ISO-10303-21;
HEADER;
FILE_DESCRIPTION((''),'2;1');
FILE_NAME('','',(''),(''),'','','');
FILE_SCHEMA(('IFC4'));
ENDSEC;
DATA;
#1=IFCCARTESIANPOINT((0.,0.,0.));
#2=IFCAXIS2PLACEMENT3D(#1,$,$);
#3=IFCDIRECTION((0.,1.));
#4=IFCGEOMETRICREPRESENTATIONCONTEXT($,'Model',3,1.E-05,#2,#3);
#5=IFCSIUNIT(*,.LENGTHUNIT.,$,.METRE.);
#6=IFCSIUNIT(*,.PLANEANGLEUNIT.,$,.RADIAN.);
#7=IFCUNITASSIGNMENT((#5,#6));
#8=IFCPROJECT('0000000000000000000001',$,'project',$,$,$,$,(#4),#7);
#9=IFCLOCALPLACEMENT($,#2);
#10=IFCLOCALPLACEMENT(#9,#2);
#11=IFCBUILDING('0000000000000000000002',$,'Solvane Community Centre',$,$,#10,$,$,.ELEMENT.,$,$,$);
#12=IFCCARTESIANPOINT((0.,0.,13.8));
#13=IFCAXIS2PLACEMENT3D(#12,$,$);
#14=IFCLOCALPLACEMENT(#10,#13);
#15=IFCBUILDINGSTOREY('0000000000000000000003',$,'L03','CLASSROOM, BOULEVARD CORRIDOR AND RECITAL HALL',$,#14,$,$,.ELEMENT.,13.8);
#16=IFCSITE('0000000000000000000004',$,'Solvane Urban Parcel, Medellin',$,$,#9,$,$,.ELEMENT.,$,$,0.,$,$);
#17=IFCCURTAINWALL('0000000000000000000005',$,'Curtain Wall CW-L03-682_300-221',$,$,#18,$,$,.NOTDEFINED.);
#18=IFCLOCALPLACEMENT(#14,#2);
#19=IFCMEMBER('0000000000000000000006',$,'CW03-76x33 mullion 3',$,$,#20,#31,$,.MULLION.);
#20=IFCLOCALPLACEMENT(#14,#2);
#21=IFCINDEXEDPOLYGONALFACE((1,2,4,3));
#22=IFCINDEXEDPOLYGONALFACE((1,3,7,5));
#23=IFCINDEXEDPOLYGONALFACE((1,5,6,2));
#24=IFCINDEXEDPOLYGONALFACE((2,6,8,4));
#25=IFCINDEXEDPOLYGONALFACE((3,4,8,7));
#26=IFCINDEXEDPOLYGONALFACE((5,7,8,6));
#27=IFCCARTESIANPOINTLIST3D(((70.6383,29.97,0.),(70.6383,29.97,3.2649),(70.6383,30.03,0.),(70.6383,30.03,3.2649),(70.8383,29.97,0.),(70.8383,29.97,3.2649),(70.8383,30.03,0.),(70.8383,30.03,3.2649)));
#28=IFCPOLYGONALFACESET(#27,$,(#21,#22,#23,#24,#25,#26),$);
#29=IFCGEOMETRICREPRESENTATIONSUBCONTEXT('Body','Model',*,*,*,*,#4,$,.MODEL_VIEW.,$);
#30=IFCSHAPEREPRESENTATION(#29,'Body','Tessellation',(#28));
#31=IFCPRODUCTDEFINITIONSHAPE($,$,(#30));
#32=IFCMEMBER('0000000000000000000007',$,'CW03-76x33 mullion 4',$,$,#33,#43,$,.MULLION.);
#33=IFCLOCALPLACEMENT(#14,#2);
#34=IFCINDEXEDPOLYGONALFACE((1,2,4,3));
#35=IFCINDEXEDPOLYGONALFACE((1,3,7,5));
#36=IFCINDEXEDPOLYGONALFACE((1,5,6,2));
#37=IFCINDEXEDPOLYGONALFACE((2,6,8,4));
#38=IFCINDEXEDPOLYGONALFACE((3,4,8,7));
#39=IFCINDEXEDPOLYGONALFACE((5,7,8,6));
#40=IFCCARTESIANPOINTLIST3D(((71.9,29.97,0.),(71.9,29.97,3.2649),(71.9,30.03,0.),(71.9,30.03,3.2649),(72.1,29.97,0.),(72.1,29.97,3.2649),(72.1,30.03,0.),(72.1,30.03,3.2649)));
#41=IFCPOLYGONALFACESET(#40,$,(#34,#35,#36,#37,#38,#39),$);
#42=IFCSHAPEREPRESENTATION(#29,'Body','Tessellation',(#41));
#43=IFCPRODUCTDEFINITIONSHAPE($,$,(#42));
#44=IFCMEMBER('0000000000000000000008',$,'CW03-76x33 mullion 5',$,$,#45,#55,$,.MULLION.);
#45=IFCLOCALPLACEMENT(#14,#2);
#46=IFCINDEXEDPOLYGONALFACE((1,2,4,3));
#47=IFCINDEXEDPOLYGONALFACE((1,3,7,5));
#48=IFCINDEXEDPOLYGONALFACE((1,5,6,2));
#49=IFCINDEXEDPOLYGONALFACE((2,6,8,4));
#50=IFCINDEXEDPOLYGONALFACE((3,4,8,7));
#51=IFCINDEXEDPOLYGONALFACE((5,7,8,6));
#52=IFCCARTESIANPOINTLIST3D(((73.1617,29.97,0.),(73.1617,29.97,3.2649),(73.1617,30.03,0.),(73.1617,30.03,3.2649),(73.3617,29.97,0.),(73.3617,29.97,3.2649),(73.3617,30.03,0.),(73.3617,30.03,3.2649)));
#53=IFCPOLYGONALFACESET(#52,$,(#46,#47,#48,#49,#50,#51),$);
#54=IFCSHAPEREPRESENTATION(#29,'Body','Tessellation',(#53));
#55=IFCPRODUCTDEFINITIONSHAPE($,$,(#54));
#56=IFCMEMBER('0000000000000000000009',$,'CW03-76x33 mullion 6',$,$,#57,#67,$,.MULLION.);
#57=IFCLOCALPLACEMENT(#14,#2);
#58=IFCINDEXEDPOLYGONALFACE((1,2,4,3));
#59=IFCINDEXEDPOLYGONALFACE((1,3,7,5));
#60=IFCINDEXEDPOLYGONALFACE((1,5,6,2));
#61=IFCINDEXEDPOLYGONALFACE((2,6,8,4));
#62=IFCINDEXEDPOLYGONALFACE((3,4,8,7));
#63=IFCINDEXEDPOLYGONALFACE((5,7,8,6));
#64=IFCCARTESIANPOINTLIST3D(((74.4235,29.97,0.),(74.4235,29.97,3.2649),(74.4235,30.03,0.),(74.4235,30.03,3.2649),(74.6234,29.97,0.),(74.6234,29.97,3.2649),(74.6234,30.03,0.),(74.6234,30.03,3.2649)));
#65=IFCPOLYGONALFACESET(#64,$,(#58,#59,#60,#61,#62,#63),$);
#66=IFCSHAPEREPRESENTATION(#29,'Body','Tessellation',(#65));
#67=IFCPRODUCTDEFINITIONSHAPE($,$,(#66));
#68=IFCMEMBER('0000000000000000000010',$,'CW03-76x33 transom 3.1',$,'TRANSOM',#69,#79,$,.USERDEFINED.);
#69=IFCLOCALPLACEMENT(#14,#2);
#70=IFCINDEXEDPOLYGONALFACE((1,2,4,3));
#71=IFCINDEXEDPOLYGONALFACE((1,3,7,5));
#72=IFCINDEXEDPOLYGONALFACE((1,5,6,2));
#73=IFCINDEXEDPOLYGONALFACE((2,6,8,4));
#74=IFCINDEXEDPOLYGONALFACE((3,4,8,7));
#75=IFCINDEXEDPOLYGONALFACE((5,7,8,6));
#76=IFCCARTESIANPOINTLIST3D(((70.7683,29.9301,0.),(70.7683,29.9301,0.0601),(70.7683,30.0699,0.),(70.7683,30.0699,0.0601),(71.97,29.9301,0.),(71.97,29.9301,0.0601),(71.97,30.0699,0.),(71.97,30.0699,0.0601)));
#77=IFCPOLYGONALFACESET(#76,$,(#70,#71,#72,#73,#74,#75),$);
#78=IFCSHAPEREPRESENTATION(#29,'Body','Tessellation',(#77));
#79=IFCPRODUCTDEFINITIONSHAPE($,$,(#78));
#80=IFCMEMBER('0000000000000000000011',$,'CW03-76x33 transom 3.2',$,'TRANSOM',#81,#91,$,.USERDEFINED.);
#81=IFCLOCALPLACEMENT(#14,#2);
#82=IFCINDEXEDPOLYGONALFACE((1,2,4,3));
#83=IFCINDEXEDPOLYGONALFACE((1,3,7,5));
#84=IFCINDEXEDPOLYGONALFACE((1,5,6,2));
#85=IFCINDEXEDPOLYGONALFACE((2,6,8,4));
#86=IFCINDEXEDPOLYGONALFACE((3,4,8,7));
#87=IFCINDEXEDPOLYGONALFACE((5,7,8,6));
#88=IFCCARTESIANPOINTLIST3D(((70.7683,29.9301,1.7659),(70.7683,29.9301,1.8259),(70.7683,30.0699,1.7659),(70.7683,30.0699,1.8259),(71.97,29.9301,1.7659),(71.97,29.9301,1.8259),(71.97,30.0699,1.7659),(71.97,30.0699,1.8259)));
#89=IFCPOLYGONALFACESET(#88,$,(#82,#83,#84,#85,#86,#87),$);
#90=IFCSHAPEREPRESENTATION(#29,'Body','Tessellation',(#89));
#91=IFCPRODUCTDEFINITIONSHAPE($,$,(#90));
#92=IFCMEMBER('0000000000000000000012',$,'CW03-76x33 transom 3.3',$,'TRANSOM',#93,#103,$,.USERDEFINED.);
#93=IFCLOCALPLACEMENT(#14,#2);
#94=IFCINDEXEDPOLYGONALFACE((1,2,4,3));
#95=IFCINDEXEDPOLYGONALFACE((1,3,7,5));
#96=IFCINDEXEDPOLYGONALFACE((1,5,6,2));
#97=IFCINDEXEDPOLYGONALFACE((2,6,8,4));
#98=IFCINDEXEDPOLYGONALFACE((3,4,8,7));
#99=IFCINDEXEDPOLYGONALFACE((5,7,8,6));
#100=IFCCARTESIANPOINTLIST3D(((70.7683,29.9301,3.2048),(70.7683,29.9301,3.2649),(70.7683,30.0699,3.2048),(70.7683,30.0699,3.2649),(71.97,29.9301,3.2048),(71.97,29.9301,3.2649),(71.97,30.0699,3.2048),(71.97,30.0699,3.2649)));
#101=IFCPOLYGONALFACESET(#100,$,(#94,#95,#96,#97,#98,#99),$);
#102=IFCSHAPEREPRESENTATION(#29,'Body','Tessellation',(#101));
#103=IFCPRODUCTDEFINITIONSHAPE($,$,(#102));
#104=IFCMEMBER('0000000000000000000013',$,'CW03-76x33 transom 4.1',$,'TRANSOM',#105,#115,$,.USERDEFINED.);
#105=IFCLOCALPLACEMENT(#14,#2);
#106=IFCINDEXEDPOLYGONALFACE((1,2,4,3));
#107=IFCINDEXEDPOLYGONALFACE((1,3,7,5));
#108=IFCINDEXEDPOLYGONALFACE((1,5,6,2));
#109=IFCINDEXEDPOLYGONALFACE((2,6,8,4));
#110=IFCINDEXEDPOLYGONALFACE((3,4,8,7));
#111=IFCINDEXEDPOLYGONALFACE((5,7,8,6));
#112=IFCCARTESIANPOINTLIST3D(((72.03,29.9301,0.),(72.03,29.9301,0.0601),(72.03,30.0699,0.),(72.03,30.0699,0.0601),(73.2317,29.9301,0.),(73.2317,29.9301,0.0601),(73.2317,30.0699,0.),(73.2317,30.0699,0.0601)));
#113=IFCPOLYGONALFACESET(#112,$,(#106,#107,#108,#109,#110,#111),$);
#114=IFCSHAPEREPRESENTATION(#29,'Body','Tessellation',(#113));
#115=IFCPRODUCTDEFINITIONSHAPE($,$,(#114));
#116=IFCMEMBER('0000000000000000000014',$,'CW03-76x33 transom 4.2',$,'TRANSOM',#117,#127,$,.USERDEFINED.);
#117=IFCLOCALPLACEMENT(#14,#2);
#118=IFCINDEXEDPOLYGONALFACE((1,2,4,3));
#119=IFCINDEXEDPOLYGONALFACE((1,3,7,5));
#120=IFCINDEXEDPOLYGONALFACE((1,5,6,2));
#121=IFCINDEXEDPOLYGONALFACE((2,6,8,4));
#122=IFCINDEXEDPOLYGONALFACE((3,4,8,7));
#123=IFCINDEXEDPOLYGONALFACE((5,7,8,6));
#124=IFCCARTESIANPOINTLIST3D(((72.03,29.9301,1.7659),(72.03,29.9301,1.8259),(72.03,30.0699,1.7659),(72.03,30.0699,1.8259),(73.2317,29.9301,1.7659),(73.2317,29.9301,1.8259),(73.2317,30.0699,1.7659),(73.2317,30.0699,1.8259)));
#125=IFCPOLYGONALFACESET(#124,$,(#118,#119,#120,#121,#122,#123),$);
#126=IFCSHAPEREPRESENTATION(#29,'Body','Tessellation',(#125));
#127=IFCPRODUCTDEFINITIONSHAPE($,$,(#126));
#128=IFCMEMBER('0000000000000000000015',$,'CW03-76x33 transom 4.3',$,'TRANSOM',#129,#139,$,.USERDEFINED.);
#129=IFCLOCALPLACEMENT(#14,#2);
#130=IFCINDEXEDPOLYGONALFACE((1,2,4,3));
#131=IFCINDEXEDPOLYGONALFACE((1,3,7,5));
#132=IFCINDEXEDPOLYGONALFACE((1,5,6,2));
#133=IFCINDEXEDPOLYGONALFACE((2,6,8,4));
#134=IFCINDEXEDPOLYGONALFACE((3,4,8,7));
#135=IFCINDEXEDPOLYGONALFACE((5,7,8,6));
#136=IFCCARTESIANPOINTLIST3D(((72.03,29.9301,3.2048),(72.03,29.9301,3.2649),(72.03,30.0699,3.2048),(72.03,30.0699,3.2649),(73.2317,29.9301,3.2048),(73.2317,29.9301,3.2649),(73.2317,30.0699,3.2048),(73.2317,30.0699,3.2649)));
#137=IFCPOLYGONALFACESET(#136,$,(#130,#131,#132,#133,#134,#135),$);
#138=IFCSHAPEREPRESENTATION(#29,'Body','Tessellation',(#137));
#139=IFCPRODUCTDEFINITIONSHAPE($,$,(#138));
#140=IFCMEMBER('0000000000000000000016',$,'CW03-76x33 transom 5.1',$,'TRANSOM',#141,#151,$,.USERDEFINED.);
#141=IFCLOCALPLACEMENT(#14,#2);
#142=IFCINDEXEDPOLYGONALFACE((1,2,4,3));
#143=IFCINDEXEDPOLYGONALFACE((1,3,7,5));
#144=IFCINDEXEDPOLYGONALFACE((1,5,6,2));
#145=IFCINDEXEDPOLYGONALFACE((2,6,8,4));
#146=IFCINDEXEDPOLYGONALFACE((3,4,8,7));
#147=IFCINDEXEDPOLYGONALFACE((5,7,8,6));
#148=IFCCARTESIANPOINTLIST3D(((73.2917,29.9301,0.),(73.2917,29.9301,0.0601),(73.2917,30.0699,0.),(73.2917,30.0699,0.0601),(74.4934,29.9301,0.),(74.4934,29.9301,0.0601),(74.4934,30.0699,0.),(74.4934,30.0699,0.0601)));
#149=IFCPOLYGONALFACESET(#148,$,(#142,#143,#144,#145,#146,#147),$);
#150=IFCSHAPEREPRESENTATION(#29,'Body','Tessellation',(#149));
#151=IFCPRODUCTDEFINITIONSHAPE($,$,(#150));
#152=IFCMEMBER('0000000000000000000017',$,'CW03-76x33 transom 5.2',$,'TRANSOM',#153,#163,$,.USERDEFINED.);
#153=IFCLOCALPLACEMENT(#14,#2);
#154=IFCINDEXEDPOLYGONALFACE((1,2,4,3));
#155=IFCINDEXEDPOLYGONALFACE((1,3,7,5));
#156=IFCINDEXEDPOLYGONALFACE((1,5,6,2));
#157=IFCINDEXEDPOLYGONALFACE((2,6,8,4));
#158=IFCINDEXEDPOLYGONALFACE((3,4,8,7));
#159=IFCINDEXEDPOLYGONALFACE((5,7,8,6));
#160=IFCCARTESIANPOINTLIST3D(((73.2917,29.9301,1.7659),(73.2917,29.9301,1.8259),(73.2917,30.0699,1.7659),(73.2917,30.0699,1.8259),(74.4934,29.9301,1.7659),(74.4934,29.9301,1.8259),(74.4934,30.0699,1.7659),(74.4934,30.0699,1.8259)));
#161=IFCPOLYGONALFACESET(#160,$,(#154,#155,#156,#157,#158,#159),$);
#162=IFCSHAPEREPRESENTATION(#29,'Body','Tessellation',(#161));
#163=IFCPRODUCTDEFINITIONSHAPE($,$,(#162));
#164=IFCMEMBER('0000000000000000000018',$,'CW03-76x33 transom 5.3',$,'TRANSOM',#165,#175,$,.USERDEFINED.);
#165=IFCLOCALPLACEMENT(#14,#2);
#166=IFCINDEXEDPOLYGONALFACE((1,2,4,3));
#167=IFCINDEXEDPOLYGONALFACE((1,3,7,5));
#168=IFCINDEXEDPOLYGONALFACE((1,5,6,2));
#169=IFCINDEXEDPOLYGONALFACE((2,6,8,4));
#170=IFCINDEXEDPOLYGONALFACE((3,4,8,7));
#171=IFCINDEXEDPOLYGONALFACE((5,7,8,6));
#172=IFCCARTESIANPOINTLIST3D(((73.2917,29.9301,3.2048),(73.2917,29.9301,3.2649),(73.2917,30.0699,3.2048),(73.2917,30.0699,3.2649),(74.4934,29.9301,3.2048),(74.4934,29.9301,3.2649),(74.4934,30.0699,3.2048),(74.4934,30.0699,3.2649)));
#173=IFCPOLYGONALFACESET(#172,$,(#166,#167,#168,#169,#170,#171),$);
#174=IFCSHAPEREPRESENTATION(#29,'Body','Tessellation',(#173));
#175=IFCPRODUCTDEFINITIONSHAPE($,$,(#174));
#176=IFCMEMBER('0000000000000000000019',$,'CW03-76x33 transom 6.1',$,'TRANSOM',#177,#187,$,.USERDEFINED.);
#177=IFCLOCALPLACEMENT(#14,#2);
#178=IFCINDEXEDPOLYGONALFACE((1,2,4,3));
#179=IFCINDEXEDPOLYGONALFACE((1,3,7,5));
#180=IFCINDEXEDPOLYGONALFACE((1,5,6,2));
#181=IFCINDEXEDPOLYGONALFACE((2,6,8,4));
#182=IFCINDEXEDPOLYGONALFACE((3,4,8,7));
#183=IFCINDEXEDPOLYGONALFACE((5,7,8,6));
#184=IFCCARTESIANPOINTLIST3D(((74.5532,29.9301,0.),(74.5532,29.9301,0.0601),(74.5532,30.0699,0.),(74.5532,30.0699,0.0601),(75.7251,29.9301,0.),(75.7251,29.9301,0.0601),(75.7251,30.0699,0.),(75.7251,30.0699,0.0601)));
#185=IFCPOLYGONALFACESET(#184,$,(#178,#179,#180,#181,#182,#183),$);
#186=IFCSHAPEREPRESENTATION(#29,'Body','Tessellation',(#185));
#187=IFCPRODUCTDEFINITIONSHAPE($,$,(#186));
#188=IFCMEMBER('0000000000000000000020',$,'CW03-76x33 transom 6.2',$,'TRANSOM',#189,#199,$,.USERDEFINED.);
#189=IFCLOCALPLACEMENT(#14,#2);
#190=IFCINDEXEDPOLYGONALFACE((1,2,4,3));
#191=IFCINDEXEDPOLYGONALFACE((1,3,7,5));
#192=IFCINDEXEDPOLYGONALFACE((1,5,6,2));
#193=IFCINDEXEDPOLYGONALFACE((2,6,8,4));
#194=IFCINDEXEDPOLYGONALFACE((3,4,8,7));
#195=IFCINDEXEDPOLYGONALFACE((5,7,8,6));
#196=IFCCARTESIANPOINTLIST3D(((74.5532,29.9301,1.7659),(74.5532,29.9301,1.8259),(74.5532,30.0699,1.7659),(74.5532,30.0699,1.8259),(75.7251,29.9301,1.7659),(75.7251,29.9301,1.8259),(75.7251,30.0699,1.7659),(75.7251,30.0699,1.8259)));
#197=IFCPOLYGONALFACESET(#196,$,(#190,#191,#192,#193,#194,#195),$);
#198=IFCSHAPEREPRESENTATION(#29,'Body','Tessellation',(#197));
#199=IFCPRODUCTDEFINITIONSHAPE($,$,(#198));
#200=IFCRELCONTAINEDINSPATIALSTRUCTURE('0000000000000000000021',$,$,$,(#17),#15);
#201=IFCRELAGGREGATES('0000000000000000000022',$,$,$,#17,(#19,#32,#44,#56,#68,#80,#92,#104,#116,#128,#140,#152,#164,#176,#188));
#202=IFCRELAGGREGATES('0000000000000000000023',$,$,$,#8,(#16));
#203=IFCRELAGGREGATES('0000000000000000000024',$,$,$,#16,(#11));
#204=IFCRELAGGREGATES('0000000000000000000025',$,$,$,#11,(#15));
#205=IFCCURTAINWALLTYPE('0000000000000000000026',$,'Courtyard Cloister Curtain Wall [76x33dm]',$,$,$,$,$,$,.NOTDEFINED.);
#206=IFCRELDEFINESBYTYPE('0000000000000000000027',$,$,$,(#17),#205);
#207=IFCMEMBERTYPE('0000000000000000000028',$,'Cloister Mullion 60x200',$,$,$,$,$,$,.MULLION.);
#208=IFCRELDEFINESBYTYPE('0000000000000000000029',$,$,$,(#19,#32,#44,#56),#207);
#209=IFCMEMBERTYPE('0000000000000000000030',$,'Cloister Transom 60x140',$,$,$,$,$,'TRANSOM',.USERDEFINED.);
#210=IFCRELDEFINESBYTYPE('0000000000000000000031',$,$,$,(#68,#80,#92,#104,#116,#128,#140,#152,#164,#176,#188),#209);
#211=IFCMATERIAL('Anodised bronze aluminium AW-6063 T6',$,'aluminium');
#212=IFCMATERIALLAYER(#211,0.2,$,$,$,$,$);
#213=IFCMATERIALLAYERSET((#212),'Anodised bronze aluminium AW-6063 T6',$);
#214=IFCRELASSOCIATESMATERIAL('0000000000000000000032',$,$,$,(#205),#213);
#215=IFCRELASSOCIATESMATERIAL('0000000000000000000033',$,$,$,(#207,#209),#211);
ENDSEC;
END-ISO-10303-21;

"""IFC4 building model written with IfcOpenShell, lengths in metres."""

from ifc_helpers import new_model, si_unit, direction, frame, origin, origin_2d, place, context, subcontext, project, spatial, rectangle, extrude, material, layer, layer_set, material_profile, profile_set, type_object, element, aggregate, save


model = new_model("IFC4")

# Units and contexts
model_context = context("Model", 3, precision=1e-05, world=origin(), true_north=direction((0.0, 1.0)))
body_context = subcontext(model_context, "Body", "Model", "MODEL_VIEW")
ifc_project = project(units=[si_unit("LENGTHUNIT", "METRE"), si_unit("PLANEANGLEUNIT", "RADIAN")], contexts=[model_context])

# Site, building, storey
site_placement = place(None, origin())
site = spatial("IfcSite", under=ifc_project, at=site_placement, Name="Solvane Urban Parcel, Medellin", CompositionType="ELEMENT", RefElevation=0.0)
building_placement = place(site_placement, origin())
building = spatial("IfcBuilding", under=site, at=building_placement, Name="Solvane Community Centre", CompositionType="ELEMENT")
storey_placement = place(building_placement, frame((0.0, 0.0, 13.8)))
storey = spatial("IfcBuildingStorey", under=building, at=storey_placement, Name="L03", Description="CLASSROOM, BOULEVARD CORRIDOR AND RECITAL HALL", CompositionType="ELEMENT", Elevation=13.8)

# Curtain wall, members
ifc_material_1 = material(Name="Anodised bronze aluminium AW-6063 T6", Category="aluminium")
ifc_layer_1 = layer(ifc_material_1, 0.2)
ifc_layer_set_1 = layer_set([ifc_layer_1], Name="Anodised bronze aluminium AW-6063 T6")
curtain_wall_type = type_object("IfcCurtainWallType", Name="Courtyard Cloister Curtain Wall [76x33dm]", PredefinedType="NOTDEFINED", material=ifc_layer_set_1)
curtain_wall_placement = place(storey_placement, origin())
curtain_wall = element("IfcCurtainWall", 1, at=curtain_wall_placement, inside=storey, type_object=curtain_wall_type, Name="Curtain Wall CW-L03-682_300-221", PredefinedType="NOTDEFINED")
ifc_material_profile_1 = material_profile(ifc_material_1, rectangle(XDim=0.0601, YDim=0.2, at=origin_2d()), Name="CW-M 60x200")
ifc_profile_set_1 = profile_set([ifc_material_profile_1], Name="Anodised bronze aluminium AW-6063 T6")
member_type_1 = type_object("IfcMemberType", Name="Cloister Mullion 60x200", PredefinedType="MULLION", material=ifc_profile_set_1)
member_1_placement = place(storey_placement, frame((70.7383, 30.0, 0.0), z_axis=(0.0, 0.0, 1.0), x_axis=(0.0, 1.0, 0.0)))
member_1 = element("IfcMember", 2, at=member_1_placement, type_object=member_type_1, Name="CW03-76x33 mullion 3", PredefinedType="MULLION", context=body_context, shape_type="SweptSolid", body=[
    extrude(rectangle(XDim=0.0601, YDim=0.2, at=origin_2d()), origin(), (0.0, 0.0, 1.0), 3.2649),
])
member_2_placement = place(storey_placement, frame((72.0, 30.0, 0.0), z_axis=(0.0, 0.0, 1.0), x_axis=(0.0, 1.0, 0.0)))
member_2 = element("IfcMember", 3, at=member_2_placement, type_object=member_type_1, Name="CW03-76x33 mullion 4", PredefinedType="MULLION", context=body_context, shape_type="SweptSolid", body=[
    extrude(rectangle(XDim=0.0601, YDim=0.2, at=origin_2d()), origin(), (0.0, 0.0, 1.0), 3.2649),
])
member_3_placement = place(storey_placement, frame((73.2617, 30.0, 0.0), z_axis=(0.0, 0.0, 1.0), x_axis=(0.0, 1.0, 0.0)))
member_3 = element("IfcMember", 4, at=member_3_placement, type_object=member_type_1, Name="CW03-76x33 mullion 5", PredefinedType="MULLION", context=body_context, shape_type="SweptSolid", body=[
    extrude(rectangle(XDim=0.0601, YDim=0.2, at=origin_2d()), origin(), (0.0, 0.0, 1.0), 3.2649),
])
member_4_placement = place(storey_placement, frame((74.5234, 30.0, 0.0), z_axis=(0.0, 0.0, 1.0), x_axis=(0.0, 1.0, 0.0)))
member_4 = element("IfcMember", 5, at=member_4_placement, type_object=member_type_1, Name="CW03-76x33 mullion 6", PredefinedType="MULLION", context=body_context, shape_type="SweptSolid", body=[
    extrude(rectangle(XDim=0.0601, YDim=0.2, at=origin_2d()), origin(), (0.0, 0.0, 1.0), 3.2649),
])
ifc_material_profile_2 = material_profile(ifc_material_1, rectangle(XDim=0.1399, YDim=0.0601, at=origin_2d()), Name="CW-T 60x140")
ifc_profile_set_2 = profile_set([ifc_material_profile_2], Name="Anodised bronze aluminium AW-6063 T6")
member_type_2 = type_object("IfcMemberType", Name="Cloister Transom 60x140", ElementType="TRANSOM", PredefinedType="USERDEFINED", material=ifc_profile_set_2)
member_5_placement = place(storey_placement, frame((70.7683, 30.0, 0.03), z_axis=(1.0, 0.0, 0.0), x_axis=(0.0, 1.0, 0.0)))
member_5 = element("IfcMember", 6, at=member_5_placement, type_object=member_type_2, Name="CW03-76x33 transom 3.1", ObjectType="TRANSOM", PredefinedType="USERDEFINED", context=body_context, shape_type="SweptSolid", body=[
    extrude(rectangle(XDim=0.1399, YDim=0.0601, at=origin_2d()), origin(), (0.0, 0.0, 1.0), 1.2017),
])
member_6_placement = place(storey_placement, frame((70.7683, 30.0, 1.7959), z_axis=(1.0, 0.0, 0.0), x_axis=(0.0, 1.0, 0.0)))
member_6 = element("IfcMember", 7, at=member_6_placement, type_object=member_type_2, Name="CW03-76x33 transom 3.2", ObjectType="TRANSOM", PredefinedType="USERDEFINED", context=body_context, shape_type="SweptSolid", body=[
    extrude(rectangle(XDim=0.1399, YDim=0.0601, at=origin_2d()), origin(), (0.0, 0.0, 1.0), 1.2017),
])
member_7_placement = place(storey_placement, frame((70.7683, 30.0, 3.2349), z_axis=(1.0, 0.0, 0.0), x_axis=(0.0, 1.0, 0.0)))
member_7 = element("IfcMember", 8, at=member_7_placement, type_object=member_type_2, Name="CW03-76x33 transom 3.3", ObjectType="TRANSOM", PredefinedType="USERDEFINED", context=body_context, shape_type="SweptSolid", body=[
    extrude(rectangle(XDim=0.1399, YDim=0.0601, at=origin_2d()), origin(), (0.0, 0.0, 1.0), 1.2017),
])
member_8_placement = place(storey_placement, frame((72.03, 30.0, 0.03), z_axis=(1.0, 0.0, 0.0), x_axis=(0.0, 1.0, 0.0)))
member_8 = element("IfcMember", 9, at=member_8_placement, type_object=member_type_2, Name="CW03-76x33 transom 4.1", ObjectType="TRANSOM", PredefinedType="USERDEFINED", context=body_context, shape_type="SweptSolid", body=[
    extrude(rectangle(XDim=0.1399, YDim=0.0601, at=origin_2d()), origin(), (0.0, 0.0, 1.0), 1.2017),
])
member_9_placement = place(storey_placement, frame((72.03, 30.0, 1.7959), z_axis=(1.0, 0.0, 0.0), x_axis=(0.0, 1.0, 0.0)))
member_9 = element("IfcMember", 10, at=member_9_placement, type_object=member_type_2, Name="CW03-76x33 transom 4.2", ObjectType="TRANSOM", PredefinedType="USERDEFINED", context=body_context, shape_type="SweptSolid", body=[
    extrude(rectangle(XDim=0.1399, YDim=0.0601, at=origin_2d()), origin(), (0.0, 0.0, 1.0), 1.2017),
])
member_10_placement = place(storey_placement, frame((72.03, 30.0, 3.2349), z_axis=(1.0, 0.0, 0.0), x_axis=(0.0, 1.0, 0.0)))
member_10 = element("IfcMember", 11, at=member_10_placement, type_object=member_type_2, Name="CW03-76x33 transom 4.3", ObjectType="TRANSOM", PredefinedType="USERDEFINED", context=body_context, shape_type="SweptSolid", body=[
    extrude(rectangle(XDim=0.1399, YDim=0.0601, at=origin_2d()), origin(), (0.0, 0.0, 1.0), 1.2017),
])
member_11_placement = place(storey_placement, frame((73.2917, 30.0, 0.03), z_axis=(1.0, 0.0, 0.0), x_axis=(0.0, 1.0, 0.0)))
member_11 = element("IfcMember", 12, at=member_11_placement, type_object=member_type_2, Name="CW03-76x33 transom 5.1", ObjectType="TRANSOM", PredefinedType="USERDEFINED", context=body_context, shape_type="SweptSolid", body=[
    extrude(rectangle(XDim=0.1399, YDim=0.0601, at=origin_2d()), origin(), (0.0, 0.0, 1.0), 1.2017),
])
member_12_placement = place(storey_placement, frame((73.2917, 30.0, 1.7959), z_axis=(1.0, 0.0, 0.0), x_axis=(0.0, 1.0, 0.0)))
member_12 = element("IfcMember", 13, at=member_12_placement, type_object=member_type_2, Name="CW03-76x33 transom 5.2", ObjectType="TRANSOM", PredefinedType="USERDEFINED", context=body_context, shape_type="SweptSolid", body=[
    extrude(rectangle(XDim=0.1399, YDim=0.0601, at=origin_2d()), origin(), (0.0, 0.0, 1.0), 1.2017),
])
member_13_placement = place(storey_placement, frame((73.2917, 30.0, 3.2349), z_axis=(1.0, 0.0, 0.0), x_axis=(0.0, 1.0, 0.0)))
member_13 = element("IfcMember", 14, at=member_13_placement, type_object=member_type_2, Name="CW03-76x33 transom 5.3", ObjectType="TRANSOM", PredefinedType="USERDEFINED", context=body_context, shape_type="SweptSolid", body=[
    extrude(rectangle(XDim=0.1399, YDim=0.0601, at=origin_2d()), origin(), (0.0, 0.0, 1.0), 1.2017),
])
member_14_placement = place(storey_placement, frame((74.5532, 30.0, 0.03), z_axis=(1.0, 0.0, 0.0), x_axis=(0.0, 1.0, 0.0)))
member_14 = element("IfcMember", 15, at=member_14_placement, type_object=member_type_2, Name="CW03-76x33 transom 6.1", ObjectType="TRANSOM", PredefinedType="USERDEFINED", context=body_context, shape_type="SweptSolid", body=[
    extrude(rectangle(XDim=0.1399, YDim=0.0601, at=origin_2d()), origin(), (0.0, 0.0, 1.0), 1.1719),
])
member_15_placement = place(storey_placement, frame((74.5532, 30.0, 1.7959), z_axis=(1.0, 0.0, 0.0), x_axis=(0.0, 1.0, 0.0)))
member_15 = element("IfcMember", 16, at=member_15_placement, type_object=member_type_2, Name="CW03-76x33 transom 6.2", ObjectType="TRANSOM", PredefinedType="USERDEFINED", context=body_context, shape_type="SweptSolid", body=[
    extrude(rectangle(XDim=0.1399, YDim=0.0601, at=origin_2d()), origin(), (0.0, 0.0, 1.0), 1.1719),
])
aggregate(curtain_wall, [member_1, member_2, member_3, member_4, member_5, member_6, member_7, member_8, member_9, member_10, member_11, member_12, member_13, member_14, member_15])

save(model, "model.ifc")
